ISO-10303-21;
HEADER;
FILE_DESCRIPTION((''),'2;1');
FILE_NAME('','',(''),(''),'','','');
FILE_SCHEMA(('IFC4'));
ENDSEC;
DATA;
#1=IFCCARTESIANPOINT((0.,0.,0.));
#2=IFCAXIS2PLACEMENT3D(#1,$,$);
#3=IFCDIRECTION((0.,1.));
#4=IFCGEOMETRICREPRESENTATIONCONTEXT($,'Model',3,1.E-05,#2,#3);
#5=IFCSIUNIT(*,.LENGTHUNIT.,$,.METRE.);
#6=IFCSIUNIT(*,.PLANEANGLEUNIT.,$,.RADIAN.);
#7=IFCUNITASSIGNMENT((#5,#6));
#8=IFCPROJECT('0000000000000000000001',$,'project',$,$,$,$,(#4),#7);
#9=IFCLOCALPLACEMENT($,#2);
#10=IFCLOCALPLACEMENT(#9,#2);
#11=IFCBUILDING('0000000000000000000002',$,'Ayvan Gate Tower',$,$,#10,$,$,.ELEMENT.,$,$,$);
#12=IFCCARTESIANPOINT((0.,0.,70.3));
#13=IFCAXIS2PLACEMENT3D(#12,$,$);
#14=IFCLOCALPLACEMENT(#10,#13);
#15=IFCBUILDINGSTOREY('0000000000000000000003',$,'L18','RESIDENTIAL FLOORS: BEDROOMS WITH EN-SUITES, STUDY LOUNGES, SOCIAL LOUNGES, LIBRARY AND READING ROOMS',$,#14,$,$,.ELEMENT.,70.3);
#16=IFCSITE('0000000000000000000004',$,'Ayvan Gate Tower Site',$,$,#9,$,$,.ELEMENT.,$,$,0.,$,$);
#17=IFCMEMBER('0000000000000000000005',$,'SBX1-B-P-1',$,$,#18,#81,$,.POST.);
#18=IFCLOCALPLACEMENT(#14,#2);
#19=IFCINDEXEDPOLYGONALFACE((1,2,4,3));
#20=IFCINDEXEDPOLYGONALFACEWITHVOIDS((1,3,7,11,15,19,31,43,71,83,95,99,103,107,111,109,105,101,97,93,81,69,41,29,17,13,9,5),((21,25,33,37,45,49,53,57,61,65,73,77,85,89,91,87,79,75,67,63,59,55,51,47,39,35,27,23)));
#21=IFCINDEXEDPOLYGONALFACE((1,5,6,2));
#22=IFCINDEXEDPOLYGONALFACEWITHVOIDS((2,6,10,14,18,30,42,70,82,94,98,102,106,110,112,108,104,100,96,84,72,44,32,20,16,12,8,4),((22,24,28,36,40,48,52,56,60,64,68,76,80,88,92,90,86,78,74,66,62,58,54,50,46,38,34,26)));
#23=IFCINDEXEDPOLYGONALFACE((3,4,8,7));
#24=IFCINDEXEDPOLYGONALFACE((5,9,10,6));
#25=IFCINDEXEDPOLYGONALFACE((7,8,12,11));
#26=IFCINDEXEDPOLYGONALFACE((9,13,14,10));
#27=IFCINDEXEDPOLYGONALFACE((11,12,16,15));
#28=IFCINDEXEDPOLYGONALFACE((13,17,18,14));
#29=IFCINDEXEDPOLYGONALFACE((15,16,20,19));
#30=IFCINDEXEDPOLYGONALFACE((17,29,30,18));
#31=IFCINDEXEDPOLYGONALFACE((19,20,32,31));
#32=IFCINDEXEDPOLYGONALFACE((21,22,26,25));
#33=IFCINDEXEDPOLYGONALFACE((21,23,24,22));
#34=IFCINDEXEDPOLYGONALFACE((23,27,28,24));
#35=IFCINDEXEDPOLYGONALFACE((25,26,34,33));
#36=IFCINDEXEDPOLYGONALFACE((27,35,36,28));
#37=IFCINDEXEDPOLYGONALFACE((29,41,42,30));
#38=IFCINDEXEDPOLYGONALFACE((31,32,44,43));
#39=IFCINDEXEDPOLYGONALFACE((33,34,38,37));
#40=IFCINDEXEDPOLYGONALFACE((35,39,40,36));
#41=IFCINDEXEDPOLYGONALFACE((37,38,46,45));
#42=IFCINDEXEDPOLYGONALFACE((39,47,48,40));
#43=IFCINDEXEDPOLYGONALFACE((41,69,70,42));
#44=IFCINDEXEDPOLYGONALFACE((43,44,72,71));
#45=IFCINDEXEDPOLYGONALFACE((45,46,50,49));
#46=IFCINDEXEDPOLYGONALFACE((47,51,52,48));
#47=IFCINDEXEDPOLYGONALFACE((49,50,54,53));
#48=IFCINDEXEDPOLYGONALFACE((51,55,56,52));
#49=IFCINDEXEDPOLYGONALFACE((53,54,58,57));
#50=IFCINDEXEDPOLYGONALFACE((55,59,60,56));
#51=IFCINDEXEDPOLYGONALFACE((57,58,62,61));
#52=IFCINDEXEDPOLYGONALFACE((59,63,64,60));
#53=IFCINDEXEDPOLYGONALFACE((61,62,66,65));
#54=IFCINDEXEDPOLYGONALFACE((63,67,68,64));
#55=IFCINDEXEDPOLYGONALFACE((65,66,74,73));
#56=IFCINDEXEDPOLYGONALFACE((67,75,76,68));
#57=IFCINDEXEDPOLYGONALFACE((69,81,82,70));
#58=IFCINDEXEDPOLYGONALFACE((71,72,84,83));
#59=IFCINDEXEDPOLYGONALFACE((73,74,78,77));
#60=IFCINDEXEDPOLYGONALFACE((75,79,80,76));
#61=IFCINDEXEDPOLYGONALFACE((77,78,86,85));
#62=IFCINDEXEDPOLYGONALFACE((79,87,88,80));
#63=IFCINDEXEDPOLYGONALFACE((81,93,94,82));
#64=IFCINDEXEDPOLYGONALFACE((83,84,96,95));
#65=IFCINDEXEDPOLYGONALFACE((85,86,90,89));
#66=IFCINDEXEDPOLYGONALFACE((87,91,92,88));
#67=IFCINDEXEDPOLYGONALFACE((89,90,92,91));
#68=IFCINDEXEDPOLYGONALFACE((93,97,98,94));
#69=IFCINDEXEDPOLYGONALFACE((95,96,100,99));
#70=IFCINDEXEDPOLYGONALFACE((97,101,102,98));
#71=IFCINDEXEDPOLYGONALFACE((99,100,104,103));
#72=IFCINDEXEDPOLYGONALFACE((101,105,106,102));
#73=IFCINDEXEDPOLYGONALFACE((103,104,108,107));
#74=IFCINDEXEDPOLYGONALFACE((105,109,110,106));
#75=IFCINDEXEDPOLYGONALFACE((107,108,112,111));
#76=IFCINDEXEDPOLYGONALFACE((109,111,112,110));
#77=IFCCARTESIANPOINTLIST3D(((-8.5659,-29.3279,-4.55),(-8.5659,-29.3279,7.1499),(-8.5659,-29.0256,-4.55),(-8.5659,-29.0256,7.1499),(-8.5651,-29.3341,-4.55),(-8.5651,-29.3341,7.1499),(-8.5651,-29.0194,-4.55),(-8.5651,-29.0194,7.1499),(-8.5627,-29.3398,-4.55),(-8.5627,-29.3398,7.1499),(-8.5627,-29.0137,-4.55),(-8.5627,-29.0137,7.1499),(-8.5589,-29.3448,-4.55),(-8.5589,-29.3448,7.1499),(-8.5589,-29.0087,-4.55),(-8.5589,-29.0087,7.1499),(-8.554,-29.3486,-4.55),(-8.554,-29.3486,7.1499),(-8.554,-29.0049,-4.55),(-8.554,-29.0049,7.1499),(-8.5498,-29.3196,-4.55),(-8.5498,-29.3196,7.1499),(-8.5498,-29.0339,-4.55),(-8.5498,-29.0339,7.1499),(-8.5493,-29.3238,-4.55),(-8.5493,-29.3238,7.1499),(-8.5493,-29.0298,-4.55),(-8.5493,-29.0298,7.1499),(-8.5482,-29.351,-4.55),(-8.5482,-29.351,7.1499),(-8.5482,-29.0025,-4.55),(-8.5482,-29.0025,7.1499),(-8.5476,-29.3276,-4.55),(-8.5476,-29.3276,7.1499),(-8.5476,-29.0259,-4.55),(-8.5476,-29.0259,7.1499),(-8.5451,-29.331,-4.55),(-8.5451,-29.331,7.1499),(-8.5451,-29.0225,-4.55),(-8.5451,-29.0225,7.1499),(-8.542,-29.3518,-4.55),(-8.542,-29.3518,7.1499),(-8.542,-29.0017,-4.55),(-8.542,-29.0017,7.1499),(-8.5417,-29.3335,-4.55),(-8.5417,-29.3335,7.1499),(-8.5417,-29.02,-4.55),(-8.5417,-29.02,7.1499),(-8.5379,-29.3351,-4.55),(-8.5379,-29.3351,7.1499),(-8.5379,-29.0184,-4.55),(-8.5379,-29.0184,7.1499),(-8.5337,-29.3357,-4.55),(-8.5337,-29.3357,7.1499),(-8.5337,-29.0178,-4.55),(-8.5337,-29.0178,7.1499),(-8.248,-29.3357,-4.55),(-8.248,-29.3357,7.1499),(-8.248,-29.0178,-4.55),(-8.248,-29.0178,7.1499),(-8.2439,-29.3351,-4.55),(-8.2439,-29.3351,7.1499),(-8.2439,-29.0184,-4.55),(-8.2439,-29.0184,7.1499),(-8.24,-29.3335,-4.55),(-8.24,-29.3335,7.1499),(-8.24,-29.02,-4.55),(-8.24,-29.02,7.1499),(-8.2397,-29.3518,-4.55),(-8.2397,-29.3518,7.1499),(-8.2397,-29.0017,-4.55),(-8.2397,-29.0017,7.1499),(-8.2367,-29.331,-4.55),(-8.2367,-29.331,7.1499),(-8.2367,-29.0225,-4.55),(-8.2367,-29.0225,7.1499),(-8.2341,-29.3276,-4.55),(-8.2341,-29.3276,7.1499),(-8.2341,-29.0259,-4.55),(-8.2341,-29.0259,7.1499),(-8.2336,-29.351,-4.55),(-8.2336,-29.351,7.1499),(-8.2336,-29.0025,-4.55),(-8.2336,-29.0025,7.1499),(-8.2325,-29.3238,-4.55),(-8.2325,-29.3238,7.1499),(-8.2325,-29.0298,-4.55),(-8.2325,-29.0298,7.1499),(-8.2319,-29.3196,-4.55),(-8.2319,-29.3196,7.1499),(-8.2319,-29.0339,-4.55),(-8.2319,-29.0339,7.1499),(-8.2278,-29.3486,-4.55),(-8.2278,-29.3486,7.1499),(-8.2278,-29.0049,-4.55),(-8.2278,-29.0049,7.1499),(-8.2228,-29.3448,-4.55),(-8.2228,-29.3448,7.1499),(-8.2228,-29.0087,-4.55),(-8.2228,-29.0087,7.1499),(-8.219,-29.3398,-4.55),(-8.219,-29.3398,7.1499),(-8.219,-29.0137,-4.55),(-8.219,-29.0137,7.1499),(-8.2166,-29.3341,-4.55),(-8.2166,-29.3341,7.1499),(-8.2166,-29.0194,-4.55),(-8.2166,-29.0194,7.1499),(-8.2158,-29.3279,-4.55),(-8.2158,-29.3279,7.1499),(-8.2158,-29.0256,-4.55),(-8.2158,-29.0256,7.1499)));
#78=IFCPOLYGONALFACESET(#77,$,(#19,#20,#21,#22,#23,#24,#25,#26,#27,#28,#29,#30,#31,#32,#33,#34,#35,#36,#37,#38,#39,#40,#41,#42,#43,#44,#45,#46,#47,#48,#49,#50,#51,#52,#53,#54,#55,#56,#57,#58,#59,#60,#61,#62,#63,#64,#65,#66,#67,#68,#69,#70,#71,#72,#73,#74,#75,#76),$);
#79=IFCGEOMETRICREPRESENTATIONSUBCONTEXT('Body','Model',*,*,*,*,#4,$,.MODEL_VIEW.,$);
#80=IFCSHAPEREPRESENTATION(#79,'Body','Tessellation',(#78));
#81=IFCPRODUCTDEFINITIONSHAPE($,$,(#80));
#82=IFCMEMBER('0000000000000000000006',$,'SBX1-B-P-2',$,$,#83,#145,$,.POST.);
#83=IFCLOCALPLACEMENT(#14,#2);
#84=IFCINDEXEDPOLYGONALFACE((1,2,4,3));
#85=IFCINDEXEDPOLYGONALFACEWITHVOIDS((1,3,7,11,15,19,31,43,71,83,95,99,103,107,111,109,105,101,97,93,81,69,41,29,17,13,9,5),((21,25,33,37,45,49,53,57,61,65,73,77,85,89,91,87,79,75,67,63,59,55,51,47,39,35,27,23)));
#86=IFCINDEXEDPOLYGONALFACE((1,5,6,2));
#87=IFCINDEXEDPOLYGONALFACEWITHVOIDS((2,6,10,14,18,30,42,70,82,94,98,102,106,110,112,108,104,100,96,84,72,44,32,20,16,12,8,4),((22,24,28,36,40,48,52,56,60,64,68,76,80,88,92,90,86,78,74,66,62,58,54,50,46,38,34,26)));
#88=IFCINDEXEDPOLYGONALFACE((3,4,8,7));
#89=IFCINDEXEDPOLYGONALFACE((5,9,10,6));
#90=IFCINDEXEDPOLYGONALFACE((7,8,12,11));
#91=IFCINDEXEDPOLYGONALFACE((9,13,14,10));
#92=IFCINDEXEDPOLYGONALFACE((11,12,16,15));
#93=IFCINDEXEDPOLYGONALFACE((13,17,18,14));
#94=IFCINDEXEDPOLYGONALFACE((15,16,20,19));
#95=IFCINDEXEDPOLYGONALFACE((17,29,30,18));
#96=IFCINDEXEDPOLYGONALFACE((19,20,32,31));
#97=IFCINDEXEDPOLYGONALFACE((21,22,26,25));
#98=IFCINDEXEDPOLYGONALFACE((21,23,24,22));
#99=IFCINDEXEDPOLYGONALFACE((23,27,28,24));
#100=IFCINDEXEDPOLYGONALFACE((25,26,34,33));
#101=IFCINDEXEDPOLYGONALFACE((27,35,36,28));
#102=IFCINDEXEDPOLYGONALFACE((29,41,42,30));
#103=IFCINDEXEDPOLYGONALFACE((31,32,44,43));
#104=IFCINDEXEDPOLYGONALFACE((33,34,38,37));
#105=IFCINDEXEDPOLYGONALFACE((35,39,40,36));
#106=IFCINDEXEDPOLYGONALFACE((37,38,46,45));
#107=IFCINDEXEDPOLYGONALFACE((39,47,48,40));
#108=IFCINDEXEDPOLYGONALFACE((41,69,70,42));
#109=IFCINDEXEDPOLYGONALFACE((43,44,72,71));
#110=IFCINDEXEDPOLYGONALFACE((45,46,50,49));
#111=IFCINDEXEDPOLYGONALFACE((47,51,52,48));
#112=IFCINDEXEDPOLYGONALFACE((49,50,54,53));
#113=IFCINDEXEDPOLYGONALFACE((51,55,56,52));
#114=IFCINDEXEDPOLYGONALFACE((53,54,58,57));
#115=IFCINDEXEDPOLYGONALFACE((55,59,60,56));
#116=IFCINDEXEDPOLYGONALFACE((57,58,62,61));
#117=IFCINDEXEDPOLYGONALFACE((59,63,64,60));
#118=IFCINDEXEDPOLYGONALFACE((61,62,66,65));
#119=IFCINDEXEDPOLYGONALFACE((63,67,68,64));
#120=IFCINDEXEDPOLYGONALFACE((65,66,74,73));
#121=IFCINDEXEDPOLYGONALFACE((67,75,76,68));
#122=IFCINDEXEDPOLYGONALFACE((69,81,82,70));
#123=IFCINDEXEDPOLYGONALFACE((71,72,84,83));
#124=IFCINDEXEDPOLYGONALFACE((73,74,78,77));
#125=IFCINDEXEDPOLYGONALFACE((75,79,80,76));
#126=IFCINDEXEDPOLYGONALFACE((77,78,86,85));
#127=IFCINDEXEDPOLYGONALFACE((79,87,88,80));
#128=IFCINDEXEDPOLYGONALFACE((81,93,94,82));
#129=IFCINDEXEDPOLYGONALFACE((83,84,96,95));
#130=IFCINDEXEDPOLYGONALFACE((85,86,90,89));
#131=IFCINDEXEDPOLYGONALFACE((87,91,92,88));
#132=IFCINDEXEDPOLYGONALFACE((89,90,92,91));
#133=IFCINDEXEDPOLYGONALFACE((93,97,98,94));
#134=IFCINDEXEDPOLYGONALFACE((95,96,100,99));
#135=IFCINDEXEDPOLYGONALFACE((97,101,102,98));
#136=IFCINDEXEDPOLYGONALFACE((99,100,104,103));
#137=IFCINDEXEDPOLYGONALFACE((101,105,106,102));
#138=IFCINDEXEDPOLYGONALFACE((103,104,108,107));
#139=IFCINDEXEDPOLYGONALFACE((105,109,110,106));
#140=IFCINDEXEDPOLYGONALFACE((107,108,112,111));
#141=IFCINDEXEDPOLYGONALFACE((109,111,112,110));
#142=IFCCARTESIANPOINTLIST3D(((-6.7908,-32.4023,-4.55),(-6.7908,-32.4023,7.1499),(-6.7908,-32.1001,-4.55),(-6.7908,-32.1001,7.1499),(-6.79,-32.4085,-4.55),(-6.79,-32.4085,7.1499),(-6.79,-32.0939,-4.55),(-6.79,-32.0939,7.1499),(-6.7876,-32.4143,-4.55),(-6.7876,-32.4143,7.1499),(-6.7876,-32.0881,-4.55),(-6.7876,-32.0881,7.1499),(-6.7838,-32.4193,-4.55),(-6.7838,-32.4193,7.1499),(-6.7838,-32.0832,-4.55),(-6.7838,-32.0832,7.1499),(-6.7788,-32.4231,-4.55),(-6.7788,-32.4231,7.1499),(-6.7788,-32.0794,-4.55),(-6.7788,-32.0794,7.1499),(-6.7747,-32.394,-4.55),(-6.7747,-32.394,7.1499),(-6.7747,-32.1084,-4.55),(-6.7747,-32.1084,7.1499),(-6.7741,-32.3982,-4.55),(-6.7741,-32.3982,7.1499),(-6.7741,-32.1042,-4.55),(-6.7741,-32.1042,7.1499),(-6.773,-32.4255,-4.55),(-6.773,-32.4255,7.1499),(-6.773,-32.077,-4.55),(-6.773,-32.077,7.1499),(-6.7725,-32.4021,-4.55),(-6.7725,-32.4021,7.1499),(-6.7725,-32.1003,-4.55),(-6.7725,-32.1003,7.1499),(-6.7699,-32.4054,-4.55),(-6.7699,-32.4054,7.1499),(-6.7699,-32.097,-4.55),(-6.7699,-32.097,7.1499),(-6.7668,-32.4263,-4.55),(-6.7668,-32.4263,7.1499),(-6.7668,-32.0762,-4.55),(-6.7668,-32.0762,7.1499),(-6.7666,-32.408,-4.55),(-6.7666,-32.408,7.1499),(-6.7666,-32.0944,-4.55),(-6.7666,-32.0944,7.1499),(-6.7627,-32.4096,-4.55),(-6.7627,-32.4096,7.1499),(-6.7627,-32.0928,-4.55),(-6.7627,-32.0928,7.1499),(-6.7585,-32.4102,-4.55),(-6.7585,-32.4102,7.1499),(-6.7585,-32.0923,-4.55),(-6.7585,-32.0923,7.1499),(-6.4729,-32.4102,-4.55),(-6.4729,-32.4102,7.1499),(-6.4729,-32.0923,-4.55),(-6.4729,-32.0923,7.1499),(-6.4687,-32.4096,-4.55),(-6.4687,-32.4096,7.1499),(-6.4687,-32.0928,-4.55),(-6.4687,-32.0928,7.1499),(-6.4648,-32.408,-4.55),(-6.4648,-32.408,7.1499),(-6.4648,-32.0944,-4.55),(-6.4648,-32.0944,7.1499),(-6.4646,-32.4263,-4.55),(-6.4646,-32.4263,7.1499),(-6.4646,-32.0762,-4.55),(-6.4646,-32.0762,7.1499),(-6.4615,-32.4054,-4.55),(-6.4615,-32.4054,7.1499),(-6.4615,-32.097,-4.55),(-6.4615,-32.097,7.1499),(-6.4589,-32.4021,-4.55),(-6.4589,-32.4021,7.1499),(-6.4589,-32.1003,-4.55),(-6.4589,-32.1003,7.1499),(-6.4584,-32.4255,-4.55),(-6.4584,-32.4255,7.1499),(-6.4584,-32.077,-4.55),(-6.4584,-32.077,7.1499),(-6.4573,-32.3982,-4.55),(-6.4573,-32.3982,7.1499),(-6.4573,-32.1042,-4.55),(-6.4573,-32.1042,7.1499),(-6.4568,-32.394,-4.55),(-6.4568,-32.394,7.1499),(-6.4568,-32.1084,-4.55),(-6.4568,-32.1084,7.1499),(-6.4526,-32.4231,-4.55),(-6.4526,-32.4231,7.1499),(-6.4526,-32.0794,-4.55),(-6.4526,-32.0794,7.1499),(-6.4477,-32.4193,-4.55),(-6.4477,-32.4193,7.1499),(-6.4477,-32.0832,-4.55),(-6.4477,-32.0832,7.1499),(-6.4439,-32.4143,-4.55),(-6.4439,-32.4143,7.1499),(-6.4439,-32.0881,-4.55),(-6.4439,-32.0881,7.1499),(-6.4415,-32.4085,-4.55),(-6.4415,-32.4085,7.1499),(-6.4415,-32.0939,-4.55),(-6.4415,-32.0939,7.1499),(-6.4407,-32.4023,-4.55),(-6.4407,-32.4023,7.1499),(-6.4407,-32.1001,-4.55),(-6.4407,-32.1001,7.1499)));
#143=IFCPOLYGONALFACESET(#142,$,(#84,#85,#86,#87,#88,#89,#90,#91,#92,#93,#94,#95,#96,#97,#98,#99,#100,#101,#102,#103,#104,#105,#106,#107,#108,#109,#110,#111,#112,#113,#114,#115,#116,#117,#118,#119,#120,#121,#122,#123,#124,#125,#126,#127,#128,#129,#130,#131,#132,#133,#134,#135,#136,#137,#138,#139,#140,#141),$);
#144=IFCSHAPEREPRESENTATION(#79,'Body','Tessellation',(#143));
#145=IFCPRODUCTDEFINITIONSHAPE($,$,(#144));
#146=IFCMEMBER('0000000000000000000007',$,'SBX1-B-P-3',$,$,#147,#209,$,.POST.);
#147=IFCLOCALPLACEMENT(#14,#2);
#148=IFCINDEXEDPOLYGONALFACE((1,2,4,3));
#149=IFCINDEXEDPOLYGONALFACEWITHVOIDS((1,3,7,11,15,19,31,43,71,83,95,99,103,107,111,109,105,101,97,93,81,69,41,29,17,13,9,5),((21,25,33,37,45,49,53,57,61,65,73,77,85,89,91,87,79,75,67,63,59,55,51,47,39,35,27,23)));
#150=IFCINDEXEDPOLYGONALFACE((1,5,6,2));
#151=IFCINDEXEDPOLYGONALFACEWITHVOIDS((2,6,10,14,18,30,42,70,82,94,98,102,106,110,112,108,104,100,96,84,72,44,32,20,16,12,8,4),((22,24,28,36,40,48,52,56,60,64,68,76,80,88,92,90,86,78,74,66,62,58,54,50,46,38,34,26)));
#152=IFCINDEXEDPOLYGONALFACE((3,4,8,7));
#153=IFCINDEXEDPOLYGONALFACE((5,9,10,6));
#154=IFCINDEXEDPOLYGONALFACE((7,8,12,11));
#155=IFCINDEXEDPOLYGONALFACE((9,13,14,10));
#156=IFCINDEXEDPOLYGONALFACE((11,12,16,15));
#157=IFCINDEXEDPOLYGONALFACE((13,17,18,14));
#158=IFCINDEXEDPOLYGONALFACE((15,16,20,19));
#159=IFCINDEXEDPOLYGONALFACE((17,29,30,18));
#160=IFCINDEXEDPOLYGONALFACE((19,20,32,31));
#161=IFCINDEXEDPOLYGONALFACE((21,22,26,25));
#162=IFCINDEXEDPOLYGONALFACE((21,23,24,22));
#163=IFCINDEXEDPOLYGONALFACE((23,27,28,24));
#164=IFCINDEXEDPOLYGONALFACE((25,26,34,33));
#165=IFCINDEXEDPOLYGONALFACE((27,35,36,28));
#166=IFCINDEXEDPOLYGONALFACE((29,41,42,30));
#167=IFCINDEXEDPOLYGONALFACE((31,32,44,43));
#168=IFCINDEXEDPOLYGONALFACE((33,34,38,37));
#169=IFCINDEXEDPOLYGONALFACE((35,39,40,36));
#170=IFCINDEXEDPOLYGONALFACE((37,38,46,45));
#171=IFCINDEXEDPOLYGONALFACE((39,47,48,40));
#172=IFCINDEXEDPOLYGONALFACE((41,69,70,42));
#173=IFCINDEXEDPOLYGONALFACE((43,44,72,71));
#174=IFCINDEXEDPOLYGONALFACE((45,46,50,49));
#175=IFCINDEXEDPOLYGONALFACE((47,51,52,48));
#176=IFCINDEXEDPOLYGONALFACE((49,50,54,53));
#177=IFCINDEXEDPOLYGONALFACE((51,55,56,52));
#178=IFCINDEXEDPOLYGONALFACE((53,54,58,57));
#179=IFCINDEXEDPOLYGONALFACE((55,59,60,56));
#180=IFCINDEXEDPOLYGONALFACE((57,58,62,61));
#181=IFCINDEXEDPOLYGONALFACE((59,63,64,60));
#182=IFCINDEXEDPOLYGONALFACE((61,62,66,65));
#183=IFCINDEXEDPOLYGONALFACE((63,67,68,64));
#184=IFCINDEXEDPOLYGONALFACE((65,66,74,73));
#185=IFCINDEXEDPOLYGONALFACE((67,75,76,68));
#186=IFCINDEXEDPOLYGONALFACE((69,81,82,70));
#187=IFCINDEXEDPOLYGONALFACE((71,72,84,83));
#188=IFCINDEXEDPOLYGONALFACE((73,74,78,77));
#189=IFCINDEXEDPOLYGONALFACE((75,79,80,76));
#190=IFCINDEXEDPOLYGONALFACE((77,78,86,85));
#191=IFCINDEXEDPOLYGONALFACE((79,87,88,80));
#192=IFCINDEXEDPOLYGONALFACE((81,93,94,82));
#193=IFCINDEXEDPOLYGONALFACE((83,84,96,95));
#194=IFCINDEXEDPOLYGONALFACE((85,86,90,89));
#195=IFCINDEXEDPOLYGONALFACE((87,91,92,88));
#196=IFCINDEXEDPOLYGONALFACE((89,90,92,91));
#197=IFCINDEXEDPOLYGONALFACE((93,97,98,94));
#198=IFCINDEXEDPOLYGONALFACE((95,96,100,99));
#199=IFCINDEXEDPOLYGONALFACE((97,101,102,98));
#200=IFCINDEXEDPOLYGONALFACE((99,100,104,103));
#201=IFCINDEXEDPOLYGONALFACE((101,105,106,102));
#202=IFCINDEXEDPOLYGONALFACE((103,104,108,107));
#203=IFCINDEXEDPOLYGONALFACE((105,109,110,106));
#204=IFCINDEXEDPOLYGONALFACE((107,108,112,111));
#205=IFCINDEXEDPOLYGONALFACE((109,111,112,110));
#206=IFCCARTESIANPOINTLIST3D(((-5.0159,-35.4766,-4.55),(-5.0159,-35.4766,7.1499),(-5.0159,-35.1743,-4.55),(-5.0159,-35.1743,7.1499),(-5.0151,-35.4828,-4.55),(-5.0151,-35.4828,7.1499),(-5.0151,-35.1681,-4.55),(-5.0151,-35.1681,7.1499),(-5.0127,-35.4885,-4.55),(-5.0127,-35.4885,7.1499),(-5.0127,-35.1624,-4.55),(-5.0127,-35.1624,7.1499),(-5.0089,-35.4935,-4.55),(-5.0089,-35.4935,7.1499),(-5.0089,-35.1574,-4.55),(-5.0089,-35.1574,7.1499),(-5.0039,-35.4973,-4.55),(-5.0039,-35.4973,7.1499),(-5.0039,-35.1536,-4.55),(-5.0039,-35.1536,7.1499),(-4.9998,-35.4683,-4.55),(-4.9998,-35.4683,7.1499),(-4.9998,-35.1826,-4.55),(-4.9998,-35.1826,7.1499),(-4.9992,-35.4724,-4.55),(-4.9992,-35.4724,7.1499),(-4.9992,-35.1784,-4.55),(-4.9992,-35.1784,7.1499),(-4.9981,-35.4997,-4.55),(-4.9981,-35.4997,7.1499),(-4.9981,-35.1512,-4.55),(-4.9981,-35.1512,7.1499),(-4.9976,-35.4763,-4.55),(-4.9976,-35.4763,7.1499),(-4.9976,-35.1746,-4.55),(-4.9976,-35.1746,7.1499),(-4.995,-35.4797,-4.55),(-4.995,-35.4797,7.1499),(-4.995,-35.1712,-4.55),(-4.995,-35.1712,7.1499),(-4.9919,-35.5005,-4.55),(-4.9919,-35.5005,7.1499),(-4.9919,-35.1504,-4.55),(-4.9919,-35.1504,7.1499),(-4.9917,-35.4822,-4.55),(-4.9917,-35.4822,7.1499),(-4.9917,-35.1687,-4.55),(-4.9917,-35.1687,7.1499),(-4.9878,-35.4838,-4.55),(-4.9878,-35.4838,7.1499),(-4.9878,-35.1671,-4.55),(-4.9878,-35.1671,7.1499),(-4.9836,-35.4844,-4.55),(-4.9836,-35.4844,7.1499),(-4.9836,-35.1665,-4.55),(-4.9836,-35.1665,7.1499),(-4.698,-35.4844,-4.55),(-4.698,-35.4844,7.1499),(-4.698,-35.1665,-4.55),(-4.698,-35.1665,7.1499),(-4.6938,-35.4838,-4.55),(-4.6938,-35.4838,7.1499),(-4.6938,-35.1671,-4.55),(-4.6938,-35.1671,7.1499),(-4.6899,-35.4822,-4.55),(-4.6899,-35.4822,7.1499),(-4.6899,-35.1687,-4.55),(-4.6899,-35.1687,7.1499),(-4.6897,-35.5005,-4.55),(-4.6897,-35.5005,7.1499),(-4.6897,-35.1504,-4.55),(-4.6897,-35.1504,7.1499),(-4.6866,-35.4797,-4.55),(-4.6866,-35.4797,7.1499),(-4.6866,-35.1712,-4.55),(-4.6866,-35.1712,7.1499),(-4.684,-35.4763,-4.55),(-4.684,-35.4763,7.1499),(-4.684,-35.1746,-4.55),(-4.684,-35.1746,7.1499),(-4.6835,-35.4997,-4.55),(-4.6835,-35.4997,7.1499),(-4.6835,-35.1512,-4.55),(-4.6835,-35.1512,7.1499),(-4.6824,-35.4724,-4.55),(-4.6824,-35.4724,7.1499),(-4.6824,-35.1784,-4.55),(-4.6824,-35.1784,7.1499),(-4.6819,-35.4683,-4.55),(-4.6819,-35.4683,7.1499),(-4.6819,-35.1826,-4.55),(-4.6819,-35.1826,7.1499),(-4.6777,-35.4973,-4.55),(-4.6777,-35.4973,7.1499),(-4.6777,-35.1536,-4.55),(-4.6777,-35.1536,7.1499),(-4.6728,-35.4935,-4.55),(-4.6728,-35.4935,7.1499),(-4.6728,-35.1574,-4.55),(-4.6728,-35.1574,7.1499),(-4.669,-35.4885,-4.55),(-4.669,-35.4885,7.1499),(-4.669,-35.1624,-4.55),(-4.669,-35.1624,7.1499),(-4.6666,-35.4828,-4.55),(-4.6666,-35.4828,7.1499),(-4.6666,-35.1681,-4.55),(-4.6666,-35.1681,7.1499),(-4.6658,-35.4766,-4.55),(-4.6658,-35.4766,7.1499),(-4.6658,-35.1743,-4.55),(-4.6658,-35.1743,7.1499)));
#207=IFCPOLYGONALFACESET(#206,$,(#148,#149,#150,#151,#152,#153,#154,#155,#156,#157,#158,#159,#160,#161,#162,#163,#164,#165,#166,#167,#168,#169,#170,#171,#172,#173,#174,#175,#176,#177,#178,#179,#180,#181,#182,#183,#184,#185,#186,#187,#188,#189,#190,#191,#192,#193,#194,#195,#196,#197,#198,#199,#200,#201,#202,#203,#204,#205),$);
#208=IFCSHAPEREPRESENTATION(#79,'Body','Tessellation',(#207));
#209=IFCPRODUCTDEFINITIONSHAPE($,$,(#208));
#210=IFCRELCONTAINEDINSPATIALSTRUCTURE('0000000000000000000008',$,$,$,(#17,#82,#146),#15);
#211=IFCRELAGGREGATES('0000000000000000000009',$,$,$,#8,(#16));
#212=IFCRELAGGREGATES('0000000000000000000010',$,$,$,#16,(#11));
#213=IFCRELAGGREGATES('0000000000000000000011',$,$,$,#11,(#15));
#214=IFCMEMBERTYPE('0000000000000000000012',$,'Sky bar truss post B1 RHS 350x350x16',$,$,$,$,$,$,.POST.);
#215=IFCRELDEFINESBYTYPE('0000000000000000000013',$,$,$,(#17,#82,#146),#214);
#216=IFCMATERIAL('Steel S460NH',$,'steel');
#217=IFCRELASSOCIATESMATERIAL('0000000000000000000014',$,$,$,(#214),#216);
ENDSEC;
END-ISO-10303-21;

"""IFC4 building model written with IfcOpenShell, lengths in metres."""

from ifc_helpers import new_model, si_unit, direction, frame, origin, origin_2d, place, context, subcontext, project, spatial, hollow_rectangle, extrude, material, material_profile, profile_set, type_object, element, save


model = new_model("IFC4")

# Units and contexts
model_context = context("Model", 3, precision=1e-05, world=origin(), true_north=direction((0.0, 1.0)))
body_context = subcontext(model_context, "Body", "Model", "MODEL_VIEW")
ifc_project = project(units=[si_unit("LENGTHUNIT", "METRE"), si_unit("PLANEANGLEUNIT", "RADIAN")], contexts=[model_context])

# Site, building, storey
site_placement = place(None, origin())
site = spatial("IfcSite", under=ifc_project, at=site_placement, Name="Ayvan Gate Tower Site", CompositionType="ELEMENT", RefElevation=0.0)
building_placement = place(site_placement, origin())
building = spatial("IfcBuilding", under=site, at=building_placement, Name="Ayvan Gate Tower", CompositionType="ELEMENT")
storey_placement = place(building_placement, frame((0.0, 0.0, 70.3)))
storey = spatial("IfcBuildingStorey", under=building, at=storey_placement, Name="L18", Description="RESIDENTIAL FLOORS: BEDROOMS WITH EN-SUITES, STUDY LOUNGES, SOCIAL LOUNGES, LIBRARY AND READING ROOMS", CompositionType="ELEMENT", Elevation=70.3)

# Members
ifc_material_1 = material(Name="Steel S460NH", Category="steel")
ifc_material_profile_1 = material_profile(ifc_material_1, hollow_rectangle(XDim=0.3501, YDim=0.3501, WallThickness=0.0161, InnerFilletRadius=0.0161, OuterFilletRadius=0.0239, at=origin_2d()), Name="RHS 350x350x16")
ifc_profile_set_1 = profile_set([ifc_material_profile_1], Name="Steel S460NH")
member_type_1 = type_object("IfcMemberType", Name="Sky bar truss post B1 RHS 350x350x16", PredefinedType="POST", material=ifc_profile_set_1)
for number, where, z_axis, x_axis, name in (
    (1, (-8.3909, -29.1768, -4.55), (0.0, 0.0, 1.0), (1.0, 0.0, 0.0), "SBX1-B-P-1"),
    (2, (-6.6157, -32.2512, -4.55), (0.0, 0.0, 1.0), (1.0, 0.0, 0.0), "SBX1-B-P-2"),
    (3, (-4.8408, -35.3254, -4.55), (0.0, 0.0, 1.0), (1.0, 0.0, 0.0), "SBX1-B-P-3"),
):
    element("IfcMember", number, at=place(storey_placement, frame(where, z_axis=z_axis, x_axis=x_axis)), inside=storey, type_object=member_type_1, Name=name, PredefinedType="POST", context=body_context, shape_type="SweptSolid", body=[
        extrude(hollow_rectangle(XDim=0.3501, YDim=0.3501, WallThickness=0.0161, InnerFilletRadius=0.0161, OuterFilletRadius=0.0239, at=origin_2d()), origin(), (0.0, 0.0, 1.0), 11.7),
    ])

save(model, "model.ifc")
